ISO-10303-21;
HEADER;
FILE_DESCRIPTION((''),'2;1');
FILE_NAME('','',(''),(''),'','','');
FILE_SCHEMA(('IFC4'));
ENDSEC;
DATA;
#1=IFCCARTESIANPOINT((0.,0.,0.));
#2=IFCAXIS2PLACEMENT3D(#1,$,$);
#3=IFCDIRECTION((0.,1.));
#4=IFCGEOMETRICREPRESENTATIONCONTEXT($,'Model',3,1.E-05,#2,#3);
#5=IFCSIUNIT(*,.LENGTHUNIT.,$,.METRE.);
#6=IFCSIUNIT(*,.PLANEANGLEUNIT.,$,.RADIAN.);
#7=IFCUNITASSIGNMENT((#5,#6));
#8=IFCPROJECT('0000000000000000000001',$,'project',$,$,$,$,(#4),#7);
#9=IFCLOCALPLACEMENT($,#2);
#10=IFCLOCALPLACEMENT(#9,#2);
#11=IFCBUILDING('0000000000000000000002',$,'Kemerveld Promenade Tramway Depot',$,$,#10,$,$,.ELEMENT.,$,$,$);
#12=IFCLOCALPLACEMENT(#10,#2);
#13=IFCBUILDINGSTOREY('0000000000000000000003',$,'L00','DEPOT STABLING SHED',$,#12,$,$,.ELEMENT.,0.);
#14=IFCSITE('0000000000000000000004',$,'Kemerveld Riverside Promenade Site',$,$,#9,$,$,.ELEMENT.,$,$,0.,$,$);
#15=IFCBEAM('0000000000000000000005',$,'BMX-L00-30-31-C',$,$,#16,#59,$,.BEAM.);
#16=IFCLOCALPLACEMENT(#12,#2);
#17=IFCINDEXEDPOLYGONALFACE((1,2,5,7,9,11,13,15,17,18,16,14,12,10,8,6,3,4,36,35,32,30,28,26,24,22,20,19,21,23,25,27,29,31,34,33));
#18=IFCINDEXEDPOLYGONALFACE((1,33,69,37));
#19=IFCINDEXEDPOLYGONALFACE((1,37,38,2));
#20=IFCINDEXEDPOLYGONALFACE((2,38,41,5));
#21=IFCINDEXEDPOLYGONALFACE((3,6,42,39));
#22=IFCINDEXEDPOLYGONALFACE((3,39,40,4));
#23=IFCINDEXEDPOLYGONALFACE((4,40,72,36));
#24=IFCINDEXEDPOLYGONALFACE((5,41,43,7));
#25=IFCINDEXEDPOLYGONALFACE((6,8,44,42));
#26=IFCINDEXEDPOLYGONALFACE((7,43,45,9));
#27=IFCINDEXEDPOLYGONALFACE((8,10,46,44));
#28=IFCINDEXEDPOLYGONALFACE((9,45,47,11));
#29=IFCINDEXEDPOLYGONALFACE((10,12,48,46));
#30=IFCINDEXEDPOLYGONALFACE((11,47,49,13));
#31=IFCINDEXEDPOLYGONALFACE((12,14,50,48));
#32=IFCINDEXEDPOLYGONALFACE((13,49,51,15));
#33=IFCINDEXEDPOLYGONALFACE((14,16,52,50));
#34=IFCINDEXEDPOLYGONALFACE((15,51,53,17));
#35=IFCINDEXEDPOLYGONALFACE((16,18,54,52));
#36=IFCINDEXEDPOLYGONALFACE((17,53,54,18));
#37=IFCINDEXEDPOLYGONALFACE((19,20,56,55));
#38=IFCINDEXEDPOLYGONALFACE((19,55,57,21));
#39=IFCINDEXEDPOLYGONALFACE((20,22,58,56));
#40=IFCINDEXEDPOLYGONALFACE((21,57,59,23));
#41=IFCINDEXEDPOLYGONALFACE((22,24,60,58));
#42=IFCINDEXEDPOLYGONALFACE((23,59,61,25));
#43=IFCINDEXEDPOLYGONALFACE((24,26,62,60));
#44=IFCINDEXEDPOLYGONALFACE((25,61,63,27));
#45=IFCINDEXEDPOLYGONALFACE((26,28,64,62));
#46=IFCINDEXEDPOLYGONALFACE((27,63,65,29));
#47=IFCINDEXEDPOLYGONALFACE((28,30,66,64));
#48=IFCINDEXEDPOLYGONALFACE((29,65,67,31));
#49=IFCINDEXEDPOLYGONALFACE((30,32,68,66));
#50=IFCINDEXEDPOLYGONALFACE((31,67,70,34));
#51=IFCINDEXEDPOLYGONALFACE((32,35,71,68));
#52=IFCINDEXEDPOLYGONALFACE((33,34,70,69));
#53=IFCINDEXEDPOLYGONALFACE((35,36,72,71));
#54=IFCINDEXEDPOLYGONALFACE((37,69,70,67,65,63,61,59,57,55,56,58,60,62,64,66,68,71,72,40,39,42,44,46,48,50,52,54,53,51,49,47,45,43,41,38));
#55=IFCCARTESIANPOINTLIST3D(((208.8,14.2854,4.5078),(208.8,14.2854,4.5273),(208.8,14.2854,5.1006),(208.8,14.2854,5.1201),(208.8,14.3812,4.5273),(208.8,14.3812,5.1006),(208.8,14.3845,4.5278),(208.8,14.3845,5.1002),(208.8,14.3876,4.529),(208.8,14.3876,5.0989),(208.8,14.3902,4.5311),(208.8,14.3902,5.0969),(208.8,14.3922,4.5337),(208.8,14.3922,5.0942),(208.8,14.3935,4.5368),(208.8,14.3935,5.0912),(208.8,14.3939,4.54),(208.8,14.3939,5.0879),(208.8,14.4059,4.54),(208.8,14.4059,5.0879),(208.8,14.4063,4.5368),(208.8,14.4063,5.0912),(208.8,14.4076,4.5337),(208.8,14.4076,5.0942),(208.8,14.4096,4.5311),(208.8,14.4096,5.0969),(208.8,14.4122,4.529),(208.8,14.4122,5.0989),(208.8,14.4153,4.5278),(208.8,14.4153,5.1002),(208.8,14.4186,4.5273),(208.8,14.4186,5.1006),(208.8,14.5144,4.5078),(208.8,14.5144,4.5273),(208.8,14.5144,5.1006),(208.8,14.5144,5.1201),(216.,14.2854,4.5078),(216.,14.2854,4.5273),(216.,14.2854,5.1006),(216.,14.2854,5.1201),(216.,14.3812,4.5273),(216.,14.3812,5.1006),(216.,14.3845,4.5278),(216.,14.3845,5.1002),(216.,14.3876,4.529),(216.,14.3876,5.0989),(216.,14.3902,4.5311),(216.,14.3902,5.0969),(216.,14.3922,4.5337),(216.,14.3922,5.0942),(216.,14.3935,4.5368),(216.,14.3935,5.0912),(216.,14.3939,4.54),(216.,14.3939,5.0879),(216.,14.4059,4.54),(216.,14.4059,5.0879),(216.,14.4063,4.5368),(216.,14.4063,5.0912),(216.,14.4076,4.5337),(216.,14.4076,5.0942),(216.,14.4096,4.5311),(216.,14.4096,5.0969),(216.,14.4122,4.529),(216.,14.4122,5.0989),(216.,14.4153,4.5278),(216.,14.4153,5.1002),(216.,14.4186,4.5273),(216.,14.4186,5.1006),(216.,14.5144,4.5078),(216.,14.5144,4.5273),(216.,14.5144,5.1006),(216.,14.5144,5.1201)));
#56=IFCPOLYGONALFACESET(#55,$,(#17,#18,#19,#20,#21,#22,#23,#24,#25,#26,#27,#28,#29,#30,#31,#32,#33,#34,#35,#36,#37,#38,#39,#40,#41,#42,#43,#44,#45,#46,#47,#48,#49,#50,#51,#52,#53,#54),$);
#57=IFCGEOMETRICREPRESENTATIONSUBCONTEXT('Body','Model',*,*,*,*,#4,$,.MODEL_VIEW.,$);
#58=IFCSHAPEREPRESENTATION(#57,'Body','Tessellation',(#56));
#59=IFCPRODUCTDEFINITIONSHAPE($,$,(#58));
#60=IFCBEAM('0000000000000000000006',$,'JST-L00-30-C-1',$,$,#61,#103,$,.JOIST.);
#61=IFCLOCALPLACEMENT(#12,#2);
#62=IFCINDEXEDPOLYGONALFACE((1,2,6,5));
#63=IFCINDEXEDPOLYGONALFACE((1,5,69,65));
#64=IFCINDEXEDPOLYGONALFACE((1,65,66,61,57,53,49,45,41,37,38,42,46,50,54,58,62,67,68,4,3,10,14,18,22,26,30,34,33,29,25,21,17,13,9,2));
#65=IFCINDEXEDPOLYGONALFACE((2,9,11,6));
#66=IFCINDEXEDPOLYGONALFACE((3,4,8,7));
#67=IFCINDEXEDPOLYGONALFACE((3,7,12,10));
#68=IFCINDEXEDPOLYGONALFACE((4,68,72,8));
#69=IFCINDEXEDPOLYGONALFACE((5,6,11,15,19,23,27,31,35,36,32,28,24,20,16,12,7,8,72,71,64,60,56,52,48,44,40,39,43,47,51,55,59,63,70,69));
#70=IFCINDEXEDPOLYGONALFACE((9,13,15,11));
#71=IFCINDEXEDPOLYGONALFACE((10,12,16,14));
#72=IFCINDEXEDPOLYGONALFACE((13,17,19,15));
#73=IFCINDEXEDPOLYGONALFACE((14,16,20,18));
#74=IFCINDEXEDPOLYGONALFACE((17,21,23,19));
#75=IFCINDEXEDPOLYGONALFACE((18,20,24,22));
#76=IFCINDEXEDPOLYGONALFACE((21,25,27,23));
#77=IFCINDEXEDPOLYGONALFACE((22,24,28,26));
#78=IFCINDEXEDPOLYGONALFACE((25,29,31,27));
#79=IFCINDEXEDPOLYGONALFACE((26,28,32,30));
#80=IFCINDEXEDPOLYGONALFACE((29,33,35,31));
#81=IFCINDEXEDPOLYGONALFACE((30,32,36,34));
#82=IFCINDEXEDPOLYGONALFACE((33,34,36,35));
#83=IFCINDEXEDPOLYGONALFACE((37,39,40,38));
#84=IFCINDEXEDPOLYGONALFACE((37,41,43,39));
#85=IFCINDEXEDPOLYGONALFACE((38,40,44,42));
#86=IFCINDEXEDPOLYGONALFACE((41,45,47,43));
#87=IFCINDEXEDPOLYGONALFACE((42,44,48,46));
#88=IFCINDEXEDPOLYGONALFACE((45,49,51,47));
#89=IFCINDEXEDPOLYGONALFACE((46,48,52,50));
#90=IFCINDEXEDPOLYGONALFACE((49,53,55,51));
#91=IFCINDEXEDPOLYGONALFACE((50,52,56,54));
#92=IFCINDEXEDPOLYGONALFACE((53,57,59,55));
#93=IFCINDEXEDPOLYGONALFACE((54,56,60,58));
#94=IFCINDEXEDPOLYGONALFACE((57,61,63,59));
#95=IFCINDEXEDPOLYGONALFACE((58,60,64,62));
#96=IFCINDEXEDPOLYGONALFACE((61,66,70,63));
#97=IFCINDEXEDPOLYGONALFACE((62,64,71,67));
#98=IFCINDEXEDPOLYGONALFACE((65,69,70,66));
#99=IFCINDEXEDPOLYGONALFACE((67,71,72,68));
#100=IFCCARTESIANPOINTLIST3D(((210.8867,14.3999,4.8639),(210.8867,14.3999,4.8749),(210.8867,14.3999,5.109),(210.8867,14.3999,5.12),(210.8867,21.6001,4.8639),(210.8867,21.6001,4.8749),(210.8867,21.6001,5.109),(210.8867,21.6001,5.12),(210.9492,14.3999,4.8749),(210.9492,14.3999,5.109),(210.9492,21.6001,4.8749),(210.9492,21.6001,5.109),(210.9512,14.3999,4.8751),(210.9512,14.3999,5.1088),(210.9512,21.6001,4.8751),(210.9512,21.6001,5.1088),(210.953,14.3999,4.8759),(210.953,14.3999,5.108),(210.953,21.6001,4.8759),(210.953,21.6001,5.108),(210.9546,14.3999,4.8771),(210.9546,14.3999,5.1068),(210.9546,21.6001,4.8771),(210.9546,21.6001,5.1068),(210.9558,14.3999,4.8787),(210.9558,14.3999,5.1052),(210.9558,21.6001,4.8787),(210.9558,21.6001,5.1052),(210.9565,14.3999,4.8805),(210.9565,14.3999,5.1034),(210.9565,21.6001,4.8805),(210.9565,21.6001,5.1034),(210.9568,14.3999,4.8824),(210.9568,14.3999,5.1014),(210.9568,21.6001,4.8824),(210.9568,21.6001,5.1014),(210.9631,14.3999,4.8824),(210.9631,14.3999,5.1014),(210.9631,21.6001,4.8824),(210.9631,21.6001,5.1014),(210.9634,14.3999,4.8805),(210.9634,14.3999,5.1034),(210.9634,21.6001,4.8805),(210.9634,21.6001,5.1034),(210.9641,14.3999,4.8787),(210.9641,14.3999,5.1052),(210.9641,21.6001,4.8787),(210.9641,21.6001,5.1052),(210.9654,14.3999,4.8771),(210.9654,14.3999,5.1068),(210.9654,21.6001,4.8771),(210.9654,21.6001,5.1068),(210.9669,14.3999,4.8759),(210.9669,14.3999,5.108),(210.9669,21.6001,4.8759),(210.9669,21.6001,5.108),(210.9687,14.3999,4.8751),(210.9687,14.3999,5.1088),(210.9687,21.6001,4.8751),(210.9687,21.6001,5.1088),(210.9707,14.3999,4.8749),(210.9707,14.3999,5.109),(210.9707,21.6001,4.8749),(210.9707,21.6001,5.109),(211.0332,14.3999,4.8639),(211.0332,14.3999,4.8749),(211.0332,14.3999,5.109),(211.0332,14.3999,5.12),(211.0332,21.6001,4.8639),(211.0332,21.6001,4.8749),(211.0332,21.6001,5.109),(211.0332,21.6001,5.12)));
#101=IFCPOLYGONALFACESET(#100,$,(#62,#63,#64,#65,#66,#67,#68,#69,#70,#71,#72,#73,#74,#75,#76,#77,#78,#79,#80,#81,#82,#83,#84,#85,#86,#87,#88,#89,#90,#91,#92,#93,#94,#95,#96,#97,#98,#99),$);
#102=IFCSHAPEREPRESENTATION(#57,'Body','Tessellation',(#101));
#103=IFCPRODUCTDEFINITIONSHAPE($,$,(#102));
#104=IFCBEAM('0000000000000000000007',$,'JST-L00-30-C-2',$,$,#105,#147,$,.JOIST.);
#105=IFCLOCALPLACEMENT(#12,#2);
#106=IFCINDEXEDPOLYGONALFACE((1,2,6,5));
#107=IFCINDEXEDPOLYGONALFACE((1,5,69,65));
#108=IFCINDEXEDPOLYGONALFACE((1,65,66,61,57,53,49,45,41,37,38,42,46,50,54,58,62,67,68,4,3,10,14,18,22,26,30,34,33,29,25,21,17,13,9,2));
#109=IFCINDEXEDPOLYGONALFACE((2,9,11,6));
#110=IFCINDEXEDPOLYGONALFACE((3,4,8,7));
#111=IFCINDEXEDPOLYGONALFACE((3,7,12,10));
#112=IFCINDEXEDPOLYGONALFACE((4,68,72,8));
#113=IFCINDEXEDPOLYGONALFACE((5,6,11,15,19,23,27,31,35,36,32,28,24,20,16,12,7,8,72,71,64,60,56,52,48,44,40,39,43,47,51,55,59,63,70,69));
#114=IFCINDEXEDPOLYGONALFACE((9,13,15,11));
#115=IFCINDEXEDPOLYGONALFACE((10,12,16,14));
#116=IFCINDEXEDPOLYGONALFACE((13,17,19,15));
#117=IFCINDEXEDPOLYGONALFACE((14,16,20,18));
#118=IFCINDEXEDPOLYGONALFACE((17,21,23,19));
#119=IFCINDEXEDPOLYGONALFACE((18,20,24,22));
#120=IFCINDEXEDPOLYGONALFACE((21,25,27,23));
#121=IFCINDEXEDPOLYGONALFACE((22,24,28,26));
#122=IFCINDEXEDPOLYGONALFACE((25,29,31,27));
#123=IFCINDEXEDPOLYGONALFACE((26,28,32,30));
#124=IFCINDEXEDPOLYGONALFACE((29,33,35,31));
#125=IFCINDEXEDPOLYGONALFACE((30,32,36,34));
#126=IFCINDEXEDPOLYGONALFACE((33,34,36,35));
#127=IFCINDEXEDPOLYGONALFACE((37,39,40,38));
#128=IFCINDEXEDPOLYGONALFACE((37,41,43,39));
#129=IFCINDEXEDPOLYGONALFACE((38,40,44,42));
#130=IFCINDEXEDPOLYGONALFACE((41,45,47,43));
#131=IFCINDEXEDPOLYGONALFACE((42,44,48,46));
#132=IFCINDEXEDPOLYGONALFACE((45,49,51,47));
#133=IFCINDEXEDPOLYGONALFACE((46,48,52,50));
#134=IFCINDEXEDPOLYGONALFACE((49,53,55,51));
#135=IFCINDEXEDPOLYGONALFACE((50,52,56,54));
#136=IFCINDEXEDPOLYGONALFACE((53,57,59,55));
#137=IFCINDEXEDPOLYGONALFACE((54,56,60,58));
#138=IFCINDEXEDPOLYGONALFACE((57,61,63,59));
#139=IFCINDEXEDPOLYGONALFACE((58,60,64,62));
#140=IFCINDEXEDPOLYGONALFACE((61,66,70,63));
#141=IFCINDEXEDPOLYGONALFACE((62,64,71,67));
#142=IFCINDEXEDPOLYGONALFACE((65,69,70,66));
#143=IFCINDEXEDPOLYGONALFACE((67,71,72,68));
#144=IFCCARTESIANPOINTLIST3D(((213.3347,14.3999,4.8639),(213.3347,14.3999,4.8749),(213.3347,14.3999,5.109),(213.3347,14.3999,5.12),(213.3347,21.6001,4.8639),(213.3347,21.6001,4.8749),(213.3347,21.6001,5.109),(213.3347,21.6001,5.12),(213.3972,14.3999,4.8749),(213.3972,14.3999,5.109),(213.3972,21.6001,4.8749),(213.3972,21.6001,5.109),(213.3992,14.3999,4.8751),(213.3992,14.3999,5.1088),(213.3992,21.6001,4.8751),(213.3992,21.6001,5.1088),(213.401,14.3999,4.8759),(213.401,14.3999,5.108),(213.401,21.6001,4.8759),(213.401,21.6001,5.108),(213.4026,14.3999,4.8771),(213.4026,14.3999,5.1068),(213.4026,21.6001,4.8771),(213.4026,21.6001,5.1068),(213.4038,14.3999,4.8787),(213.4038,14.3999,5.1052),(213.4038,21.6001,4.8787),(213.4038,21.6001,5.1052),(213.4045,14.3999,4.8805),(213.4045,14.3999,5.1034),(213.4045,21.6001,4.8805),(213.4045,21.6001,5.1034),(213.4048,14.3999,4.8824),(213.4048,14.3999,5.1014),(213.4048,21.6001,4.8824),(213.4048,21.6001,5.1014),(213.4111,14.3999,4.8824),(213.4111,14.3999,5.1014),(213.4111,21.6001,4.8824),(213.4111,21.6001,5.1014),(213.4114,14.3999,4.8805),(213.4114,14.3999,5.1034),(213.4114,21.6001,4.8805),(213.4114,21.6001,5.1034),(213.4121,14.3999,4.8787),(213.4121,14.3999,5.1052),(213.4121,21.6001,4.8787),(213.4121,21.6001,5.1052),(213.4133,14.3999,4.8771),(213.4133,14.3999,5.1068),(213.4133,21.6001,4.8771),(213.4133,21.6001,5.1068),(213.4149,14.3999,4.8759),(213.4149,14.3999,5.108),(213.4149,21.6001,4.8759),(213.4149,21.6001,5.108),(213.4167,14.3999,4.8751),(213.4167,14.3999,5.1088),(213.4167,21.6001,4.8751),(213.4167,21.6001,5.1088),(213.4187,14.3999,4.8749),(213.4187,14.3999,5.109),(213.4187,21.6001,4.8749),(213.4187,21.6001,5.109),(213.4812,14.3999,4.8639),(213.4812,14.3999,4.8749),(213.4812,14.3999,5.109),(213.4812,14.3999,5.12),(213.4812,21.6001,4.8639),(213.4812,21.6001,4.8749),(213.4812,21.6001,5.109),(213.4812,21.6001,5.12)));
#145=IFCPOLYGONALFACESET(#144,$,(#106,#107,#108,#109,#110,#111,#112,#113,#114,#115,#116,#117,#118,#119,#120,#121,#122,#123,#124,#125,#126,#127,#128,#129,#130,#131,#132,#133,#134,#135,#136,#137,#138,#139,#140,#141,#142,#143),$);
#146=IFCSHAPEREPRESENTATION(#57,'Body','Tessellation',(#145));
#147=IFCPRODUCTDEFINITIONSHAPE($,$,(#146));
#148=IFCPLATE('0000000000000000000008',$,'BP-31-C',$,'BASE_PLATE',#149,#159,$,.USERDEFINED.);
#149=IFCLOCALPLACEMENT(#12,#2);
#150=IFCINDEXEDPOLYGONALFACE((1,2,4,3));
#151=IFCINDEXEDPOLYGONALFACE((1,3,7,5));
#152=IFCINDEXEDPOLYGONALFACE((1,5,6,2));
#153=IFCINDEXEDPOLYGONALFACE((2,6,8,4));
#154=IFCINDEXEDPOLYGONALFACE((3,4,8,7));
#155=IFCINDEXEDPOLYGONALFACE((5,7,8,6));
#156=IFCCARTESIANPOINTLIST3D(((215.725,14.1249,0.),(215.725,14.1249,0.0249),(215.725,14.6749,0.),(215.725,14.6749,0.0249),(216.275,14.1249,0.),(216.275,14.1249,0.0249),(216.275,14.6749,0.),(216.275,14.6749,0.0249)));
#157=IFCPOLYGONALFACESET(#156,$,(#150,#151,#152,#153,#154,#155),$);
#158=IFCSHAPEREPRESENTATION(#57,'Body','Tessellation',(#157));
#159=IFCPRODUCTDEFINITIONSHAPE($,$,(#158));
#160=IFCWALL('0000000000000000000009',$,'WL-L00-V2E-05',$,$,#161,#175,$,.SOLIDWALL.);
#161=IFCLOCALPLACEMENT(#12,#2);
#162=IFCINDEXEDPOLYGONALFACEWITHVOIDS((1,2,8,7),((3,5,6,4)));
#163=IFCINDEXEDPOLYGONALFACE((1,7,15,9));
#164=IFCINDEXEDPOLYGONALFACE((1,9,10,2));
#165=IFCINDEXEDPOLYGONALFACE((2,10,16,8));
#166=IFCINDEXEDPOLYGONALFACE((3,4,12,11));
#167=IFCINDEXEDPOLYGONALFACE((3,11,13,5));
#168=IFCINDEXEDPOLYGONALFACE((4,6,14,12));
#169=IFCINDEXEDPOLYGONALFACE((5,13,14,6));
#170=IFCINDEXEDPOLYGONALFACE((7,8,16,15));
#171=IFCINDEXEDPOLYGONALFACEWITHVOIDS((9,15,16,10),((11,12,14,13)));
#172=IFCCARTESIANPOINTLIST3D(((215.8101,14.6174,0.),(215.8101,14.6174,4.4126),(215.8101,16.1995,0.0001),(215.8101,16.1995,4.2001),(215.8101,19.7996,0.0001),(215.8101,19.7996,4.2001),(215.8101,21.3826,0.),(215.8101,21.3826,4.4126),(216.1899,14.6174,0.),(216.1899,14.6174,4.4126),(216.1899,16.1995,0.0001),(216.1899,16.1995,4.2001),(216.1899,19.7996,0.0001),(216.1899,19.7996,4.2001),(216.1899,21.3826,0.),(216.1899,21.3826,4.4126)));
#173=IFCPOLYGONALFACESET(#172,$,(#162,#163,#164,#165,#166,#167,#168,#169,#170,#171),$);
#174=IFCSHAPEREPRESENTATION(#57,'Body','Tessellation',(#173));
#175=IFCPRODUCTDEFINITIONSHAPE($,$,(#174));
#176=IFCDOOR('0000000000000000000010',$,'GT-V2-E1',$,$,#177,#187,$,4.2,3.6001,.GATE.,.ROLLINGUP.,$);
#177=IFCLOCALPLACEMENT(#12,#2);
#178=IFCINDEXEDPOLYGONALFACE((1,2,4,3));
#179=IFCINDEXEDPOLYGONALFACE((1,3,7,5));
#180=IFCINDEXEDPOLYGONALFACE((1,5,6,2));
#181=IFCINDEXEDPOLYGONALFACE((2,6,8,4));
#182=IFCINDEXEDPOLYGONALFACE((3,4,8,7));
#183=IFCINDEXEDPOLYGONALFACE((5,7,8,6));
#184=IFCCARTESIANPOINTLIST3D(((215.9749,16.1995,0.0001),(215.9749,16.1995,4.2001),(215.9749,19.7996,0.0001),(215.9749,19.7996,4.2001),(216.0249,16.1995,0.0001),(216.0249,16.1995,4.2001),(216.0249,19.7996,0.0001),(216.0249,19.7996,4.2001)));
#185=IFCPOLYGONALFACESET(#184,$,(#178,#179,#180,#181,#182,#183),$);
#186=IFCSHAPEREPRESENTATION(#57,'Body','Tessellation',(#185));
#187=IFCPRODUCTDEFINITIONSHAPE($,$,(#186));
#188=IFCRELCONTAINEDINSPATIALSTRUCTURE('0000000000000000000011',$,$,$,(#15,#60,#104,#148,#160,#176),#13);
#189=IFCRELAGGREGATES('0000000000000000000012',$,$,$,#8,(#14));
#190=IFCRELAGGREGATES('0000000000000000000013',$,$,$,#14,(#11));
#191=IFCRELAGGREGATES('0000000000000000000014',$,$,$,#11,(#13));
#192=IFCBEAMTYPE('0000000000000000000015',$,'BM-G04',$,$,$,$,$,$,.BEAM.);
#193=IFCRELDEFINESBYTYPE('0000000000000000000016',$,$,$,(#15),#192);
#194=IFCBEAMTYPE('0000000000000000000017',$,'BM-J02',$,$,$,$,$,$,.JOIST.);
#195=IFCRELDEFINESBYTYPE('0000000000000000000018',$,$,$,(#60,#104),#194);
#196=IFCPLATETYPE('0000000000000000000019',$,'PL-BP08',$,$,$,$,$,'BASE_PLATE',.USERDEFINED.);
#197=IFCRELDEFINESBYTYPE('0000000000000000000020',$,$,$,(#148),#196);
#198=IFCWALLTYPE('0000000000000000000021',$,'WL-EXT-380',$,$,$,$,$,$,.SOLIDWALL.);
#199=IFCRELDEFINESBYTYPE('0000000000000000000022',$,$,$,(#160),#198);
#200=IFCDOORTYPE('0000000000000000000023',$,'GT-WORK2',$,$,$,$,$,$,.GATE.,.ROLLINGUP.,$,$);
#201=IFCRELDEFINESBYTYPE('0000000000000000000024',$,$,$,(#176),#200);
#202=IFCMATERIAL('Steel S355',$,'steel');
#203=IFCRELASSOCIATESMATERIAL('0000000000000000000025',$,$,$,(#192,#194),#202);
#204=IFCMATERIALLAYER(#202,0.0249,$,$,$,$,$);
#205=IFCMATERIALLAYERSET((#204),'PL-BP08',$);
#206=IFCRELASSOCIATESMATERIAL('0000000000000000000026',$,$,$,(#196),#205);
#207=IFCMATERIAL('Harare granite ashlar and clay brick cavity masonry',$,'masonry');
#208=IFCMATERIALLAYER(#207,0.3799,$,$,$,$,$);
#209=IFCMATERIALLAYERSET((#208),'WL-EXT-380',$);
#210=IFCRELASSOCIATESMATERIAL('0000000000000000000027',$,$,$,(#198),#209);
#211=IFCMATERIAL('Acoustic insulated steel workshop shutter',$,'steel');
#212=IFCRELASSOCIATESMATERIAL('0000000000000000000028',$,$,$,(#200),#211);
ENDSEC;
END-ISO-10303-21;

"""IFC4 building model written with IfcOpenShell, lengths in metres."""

from ifc_helpers import new_model, si_unit, direction, frame, frame_2d, origin, origin_2d, place, context, subcontext, project, spatial, rectangle, i_section, extrude, material, layer, layer_set, material_profile, profile_set, type_object, element, fill, save


model = new_model("IFC4")

# Units and contexts
model_context = context("Model", 3, precision=1e-05, world=origin(), true_north=direction((0.0, 1.0)))
body_context = subcontext(model_context, "Body", "Model", "MODEL_VIEW")
ifc_project = project(units=[si_unit("LENGTHUNIT", "METRE"), si_unit("PLANEANGLEUNIT", "RADIAN")], contexts=[model_context])

# Site, building, storey
site_placement = place(None, origin())
site = spatial("IfcSite", under=ifc_project, at=site_placement, Name="Kemerveld Riverside Promenade Site", CompositionType="ELEMENT", RefElevation=0.0)
building_placement = place(site_placement, origin())
building = spatial("IfcBuilding", under=site, at=building_placement, Name="Kemerveld Promenade Tramway Depot", CompositionType="ELEMENT")
storey_placement = place(building_placement, origin())
storey = spatial("IfcBuildingStorey", under=building, at=storey_placement, Name="L00", Description="DEPOT STABLING SHED", CompositionType="ELEMENT", Elevation=0.0)

# Shared definitions
ifc_material_1 = material(Name="Steel S355", Category="steel")

# Beams
ifc_material_profile_1 = material_profile(ifc_material_1, i_section(OverallWidth=0.229, OverallDepth=0.6123, WebThickness=0.012, FlangeThickness=0.0195, FilletRadius=0.0127, at=origin_2d()), Name="610x229x125 UB")
ifc_profile_set_1 = profile_set([ifc_material_profile_1], Name="Steel S355")
beam_type_1 = type_object("IfcBeamType", Name="BM-G04", PredefinedType="BEAM", material=ifc_profile_set_1)
beam_placement = place(storey_placement, frame((208.8, 14.3999, 4.814), z_axis=(1.0, 0.0, 0.0), x_axis=(0.0, 1.0, 0.0)))
element("IfcBeam", 1, at=beam_placement, inside=storey, type_object=beam_type_1, Name="BMX-L00-30-31-C", PredefinedType="BEAM", context=body_context, shape_type="SweptSolid", body=[
    extrude(i_section(OverallWidth=0.229, OverallDepth=0.6123, WebThickness=0.012, FlangeThickness=0.0195, FilletRadius=0.0127, at=origin_2d()), origin(), (0.0, 0.0, 1.0), 7.2),
])
ifc_material_profile_2 = material_profile(ifc_material_1, i_section(OverallWidth=0.1465, OverallDepth=0.2561, WebThickness=0.0063, FlangeThickness=0.011, FilletRadius=0.0076, at=origin_2d()), Name="254x146x37 UB")
ifc_profile_set_2 = profile_set([ifc_material_profile_2], Name="Steel S355")
beam_type_2 = type_object("IfcBeamType", Name="BM-J02", PredefinedType="JOIST", material=ifc_profile_set_2)
for number, where, z_axis, x_axis, name in (
    (2, (210.96, 14.3999, 4.9919), (0.0, 1.0, 0.0), (-1.0, 0.0, 0.0), "JST-L00-30-C-1"),
    (3, (213.408, 14.3999, 4.9919), (0.0, 1.0, 0.0), (-1.0, 0.0, 0.0), "JST-L00-30-C-2"),
):
    element("IfcBeam", number, at=place(storey_placement, frame(where, z_axis=z_axis, x_axis=x_axis)), inside=storey, type_object=beam_type_2, Name=name, PredefinedType="JOIST", context=body_context, shape_type="SweptSolid", body=[
        extrude(i_section(OverallWidth=0.1465, OverallDepth=0.2561, WebThickness=0.0063, FlangeThickness=0.011, FilletRadius=0.0076, at=origin_2d()), origin(), (0.0, 0.0, 1.0), 7.2002),
    ])

# Plate
ifc_layer_1 = layer(ifc_material_1, 0.0249)
ifc_layer_set_1 = layer_set([ifc_layer_1], Name="PL-BP08")
plate_type = type_object("IfcPlateType", Name="PL-BP08", ElementType="BASE_PLATE", PredefinedType="USERDEFINED", material=ifc_layer_set_1)
plate_placement = place(storey_placement, frame((216.0, 14.3999, 0.0), z_axis=(0.0, 0.0, 1.0), x_axis=(1.0, 0.0, 0.0)))
element("IfcPlate", 4, at=plate_placement, inside=storey, type_object=plate_type, Name="BP-31-C", ObjectType="BASE_PLATE", PredefinedType="USERDEFINED", context=body_context, shape_type="SweptSolid", body=[
    extrude(rectangle(XDim=0.55, YDim=0.55, at=origin_2d()), origin(), (0.0, 0.0, 1.0), 0.0249),
])

# Wall, opening, door
ifc_material_2 = material(Name="Harare granite ashlar and clay brick cavity masonry", Category="masonry")
ifc_layer_2 = layer(ifc_material_2, 0.3799)
ifc_layer_set_2 = layer_set([ifc_layer_2], Name="WL-EXT-380")
wall_type = type_object("IfcWallType", Name="WL-EXT-380", PredefinedType="SOLIDWALL", material=ifc_layer_set_2)
wall_1_placement = place(storey_placement, frame((216.0, 21.3826, 0.0), z_axis=(0.0, 0.0, 1.0), x_axis=(0.0, -1.0, 0.0)))
wall_1 = element("IfcWall", 5, at=wall_1_placement, inside=storey, type_object=wall_type, Name="WL-L00-V2E-05", PredefinedType="SOLIDWALL", context=body_context, shape_type="SweptSolid", body=[
    extrude(rectangle(XDim=6.7651, YDim=0.3799, at=frame_2d((3.3826, 0.0))), origin(), (0.0, 0.0, 1.0), 4.4126),
])
opening_1_placement = place(wall_1_placement, frame((1.583, 0.0, 0.0)))
opening_1 = element("IfcOpeningElement", 6, at=opening_1_placement, cuts=wall_1, PredefinedType="OPENING", context=body_context, shape_type="SweptSolid", body=[
    extrude(rectangle(XDim=3.6001, YDim=4.2, at=frame_2d((1.8, 2.1001))), frame((0.0, 0.2, 0.0), z_axis=(0.0, -1.0, 0.0), x_axis=(1.0, 0.0, 0.0)), (0.0, 0.0, 1.0), 0.3999),
])
ifc_material_3 = material(Name="Acoustic insulated steel workshop shutter", Category="steel")
door_type = type_object("IfcDoorType", Name="GT-WORK2", OperationType="ROLLINGUP", PredefinedType="GATE", material=ifc_material_3)
door_placement = place(opening_1_placement, origin())
door = element("IfcDoor", 7, at=door_placement, inside=storey, type_object=door_type, Name="GT-V2-E1", OperationType="ROLLINGUP", OverallHeight=4.2, OverallWidth=3.6001, PredefinedType="GATE", context=body_context, shape_type="SweptSolid", body=[
    extrude(rectangle(XDim=3.6001, YDim=4.2, at=frame_2d((1.8, 2.1001))), frame((0.0, 0.0249, 0.0), z_axis=(0.0, -1.0, 0.0), x_axis=(1.0, 0.0, 0.0)), (0.0, 0.0, 1.0), 0.05),
])
fill(opening_1, door)

save(model, "model.ifc")
